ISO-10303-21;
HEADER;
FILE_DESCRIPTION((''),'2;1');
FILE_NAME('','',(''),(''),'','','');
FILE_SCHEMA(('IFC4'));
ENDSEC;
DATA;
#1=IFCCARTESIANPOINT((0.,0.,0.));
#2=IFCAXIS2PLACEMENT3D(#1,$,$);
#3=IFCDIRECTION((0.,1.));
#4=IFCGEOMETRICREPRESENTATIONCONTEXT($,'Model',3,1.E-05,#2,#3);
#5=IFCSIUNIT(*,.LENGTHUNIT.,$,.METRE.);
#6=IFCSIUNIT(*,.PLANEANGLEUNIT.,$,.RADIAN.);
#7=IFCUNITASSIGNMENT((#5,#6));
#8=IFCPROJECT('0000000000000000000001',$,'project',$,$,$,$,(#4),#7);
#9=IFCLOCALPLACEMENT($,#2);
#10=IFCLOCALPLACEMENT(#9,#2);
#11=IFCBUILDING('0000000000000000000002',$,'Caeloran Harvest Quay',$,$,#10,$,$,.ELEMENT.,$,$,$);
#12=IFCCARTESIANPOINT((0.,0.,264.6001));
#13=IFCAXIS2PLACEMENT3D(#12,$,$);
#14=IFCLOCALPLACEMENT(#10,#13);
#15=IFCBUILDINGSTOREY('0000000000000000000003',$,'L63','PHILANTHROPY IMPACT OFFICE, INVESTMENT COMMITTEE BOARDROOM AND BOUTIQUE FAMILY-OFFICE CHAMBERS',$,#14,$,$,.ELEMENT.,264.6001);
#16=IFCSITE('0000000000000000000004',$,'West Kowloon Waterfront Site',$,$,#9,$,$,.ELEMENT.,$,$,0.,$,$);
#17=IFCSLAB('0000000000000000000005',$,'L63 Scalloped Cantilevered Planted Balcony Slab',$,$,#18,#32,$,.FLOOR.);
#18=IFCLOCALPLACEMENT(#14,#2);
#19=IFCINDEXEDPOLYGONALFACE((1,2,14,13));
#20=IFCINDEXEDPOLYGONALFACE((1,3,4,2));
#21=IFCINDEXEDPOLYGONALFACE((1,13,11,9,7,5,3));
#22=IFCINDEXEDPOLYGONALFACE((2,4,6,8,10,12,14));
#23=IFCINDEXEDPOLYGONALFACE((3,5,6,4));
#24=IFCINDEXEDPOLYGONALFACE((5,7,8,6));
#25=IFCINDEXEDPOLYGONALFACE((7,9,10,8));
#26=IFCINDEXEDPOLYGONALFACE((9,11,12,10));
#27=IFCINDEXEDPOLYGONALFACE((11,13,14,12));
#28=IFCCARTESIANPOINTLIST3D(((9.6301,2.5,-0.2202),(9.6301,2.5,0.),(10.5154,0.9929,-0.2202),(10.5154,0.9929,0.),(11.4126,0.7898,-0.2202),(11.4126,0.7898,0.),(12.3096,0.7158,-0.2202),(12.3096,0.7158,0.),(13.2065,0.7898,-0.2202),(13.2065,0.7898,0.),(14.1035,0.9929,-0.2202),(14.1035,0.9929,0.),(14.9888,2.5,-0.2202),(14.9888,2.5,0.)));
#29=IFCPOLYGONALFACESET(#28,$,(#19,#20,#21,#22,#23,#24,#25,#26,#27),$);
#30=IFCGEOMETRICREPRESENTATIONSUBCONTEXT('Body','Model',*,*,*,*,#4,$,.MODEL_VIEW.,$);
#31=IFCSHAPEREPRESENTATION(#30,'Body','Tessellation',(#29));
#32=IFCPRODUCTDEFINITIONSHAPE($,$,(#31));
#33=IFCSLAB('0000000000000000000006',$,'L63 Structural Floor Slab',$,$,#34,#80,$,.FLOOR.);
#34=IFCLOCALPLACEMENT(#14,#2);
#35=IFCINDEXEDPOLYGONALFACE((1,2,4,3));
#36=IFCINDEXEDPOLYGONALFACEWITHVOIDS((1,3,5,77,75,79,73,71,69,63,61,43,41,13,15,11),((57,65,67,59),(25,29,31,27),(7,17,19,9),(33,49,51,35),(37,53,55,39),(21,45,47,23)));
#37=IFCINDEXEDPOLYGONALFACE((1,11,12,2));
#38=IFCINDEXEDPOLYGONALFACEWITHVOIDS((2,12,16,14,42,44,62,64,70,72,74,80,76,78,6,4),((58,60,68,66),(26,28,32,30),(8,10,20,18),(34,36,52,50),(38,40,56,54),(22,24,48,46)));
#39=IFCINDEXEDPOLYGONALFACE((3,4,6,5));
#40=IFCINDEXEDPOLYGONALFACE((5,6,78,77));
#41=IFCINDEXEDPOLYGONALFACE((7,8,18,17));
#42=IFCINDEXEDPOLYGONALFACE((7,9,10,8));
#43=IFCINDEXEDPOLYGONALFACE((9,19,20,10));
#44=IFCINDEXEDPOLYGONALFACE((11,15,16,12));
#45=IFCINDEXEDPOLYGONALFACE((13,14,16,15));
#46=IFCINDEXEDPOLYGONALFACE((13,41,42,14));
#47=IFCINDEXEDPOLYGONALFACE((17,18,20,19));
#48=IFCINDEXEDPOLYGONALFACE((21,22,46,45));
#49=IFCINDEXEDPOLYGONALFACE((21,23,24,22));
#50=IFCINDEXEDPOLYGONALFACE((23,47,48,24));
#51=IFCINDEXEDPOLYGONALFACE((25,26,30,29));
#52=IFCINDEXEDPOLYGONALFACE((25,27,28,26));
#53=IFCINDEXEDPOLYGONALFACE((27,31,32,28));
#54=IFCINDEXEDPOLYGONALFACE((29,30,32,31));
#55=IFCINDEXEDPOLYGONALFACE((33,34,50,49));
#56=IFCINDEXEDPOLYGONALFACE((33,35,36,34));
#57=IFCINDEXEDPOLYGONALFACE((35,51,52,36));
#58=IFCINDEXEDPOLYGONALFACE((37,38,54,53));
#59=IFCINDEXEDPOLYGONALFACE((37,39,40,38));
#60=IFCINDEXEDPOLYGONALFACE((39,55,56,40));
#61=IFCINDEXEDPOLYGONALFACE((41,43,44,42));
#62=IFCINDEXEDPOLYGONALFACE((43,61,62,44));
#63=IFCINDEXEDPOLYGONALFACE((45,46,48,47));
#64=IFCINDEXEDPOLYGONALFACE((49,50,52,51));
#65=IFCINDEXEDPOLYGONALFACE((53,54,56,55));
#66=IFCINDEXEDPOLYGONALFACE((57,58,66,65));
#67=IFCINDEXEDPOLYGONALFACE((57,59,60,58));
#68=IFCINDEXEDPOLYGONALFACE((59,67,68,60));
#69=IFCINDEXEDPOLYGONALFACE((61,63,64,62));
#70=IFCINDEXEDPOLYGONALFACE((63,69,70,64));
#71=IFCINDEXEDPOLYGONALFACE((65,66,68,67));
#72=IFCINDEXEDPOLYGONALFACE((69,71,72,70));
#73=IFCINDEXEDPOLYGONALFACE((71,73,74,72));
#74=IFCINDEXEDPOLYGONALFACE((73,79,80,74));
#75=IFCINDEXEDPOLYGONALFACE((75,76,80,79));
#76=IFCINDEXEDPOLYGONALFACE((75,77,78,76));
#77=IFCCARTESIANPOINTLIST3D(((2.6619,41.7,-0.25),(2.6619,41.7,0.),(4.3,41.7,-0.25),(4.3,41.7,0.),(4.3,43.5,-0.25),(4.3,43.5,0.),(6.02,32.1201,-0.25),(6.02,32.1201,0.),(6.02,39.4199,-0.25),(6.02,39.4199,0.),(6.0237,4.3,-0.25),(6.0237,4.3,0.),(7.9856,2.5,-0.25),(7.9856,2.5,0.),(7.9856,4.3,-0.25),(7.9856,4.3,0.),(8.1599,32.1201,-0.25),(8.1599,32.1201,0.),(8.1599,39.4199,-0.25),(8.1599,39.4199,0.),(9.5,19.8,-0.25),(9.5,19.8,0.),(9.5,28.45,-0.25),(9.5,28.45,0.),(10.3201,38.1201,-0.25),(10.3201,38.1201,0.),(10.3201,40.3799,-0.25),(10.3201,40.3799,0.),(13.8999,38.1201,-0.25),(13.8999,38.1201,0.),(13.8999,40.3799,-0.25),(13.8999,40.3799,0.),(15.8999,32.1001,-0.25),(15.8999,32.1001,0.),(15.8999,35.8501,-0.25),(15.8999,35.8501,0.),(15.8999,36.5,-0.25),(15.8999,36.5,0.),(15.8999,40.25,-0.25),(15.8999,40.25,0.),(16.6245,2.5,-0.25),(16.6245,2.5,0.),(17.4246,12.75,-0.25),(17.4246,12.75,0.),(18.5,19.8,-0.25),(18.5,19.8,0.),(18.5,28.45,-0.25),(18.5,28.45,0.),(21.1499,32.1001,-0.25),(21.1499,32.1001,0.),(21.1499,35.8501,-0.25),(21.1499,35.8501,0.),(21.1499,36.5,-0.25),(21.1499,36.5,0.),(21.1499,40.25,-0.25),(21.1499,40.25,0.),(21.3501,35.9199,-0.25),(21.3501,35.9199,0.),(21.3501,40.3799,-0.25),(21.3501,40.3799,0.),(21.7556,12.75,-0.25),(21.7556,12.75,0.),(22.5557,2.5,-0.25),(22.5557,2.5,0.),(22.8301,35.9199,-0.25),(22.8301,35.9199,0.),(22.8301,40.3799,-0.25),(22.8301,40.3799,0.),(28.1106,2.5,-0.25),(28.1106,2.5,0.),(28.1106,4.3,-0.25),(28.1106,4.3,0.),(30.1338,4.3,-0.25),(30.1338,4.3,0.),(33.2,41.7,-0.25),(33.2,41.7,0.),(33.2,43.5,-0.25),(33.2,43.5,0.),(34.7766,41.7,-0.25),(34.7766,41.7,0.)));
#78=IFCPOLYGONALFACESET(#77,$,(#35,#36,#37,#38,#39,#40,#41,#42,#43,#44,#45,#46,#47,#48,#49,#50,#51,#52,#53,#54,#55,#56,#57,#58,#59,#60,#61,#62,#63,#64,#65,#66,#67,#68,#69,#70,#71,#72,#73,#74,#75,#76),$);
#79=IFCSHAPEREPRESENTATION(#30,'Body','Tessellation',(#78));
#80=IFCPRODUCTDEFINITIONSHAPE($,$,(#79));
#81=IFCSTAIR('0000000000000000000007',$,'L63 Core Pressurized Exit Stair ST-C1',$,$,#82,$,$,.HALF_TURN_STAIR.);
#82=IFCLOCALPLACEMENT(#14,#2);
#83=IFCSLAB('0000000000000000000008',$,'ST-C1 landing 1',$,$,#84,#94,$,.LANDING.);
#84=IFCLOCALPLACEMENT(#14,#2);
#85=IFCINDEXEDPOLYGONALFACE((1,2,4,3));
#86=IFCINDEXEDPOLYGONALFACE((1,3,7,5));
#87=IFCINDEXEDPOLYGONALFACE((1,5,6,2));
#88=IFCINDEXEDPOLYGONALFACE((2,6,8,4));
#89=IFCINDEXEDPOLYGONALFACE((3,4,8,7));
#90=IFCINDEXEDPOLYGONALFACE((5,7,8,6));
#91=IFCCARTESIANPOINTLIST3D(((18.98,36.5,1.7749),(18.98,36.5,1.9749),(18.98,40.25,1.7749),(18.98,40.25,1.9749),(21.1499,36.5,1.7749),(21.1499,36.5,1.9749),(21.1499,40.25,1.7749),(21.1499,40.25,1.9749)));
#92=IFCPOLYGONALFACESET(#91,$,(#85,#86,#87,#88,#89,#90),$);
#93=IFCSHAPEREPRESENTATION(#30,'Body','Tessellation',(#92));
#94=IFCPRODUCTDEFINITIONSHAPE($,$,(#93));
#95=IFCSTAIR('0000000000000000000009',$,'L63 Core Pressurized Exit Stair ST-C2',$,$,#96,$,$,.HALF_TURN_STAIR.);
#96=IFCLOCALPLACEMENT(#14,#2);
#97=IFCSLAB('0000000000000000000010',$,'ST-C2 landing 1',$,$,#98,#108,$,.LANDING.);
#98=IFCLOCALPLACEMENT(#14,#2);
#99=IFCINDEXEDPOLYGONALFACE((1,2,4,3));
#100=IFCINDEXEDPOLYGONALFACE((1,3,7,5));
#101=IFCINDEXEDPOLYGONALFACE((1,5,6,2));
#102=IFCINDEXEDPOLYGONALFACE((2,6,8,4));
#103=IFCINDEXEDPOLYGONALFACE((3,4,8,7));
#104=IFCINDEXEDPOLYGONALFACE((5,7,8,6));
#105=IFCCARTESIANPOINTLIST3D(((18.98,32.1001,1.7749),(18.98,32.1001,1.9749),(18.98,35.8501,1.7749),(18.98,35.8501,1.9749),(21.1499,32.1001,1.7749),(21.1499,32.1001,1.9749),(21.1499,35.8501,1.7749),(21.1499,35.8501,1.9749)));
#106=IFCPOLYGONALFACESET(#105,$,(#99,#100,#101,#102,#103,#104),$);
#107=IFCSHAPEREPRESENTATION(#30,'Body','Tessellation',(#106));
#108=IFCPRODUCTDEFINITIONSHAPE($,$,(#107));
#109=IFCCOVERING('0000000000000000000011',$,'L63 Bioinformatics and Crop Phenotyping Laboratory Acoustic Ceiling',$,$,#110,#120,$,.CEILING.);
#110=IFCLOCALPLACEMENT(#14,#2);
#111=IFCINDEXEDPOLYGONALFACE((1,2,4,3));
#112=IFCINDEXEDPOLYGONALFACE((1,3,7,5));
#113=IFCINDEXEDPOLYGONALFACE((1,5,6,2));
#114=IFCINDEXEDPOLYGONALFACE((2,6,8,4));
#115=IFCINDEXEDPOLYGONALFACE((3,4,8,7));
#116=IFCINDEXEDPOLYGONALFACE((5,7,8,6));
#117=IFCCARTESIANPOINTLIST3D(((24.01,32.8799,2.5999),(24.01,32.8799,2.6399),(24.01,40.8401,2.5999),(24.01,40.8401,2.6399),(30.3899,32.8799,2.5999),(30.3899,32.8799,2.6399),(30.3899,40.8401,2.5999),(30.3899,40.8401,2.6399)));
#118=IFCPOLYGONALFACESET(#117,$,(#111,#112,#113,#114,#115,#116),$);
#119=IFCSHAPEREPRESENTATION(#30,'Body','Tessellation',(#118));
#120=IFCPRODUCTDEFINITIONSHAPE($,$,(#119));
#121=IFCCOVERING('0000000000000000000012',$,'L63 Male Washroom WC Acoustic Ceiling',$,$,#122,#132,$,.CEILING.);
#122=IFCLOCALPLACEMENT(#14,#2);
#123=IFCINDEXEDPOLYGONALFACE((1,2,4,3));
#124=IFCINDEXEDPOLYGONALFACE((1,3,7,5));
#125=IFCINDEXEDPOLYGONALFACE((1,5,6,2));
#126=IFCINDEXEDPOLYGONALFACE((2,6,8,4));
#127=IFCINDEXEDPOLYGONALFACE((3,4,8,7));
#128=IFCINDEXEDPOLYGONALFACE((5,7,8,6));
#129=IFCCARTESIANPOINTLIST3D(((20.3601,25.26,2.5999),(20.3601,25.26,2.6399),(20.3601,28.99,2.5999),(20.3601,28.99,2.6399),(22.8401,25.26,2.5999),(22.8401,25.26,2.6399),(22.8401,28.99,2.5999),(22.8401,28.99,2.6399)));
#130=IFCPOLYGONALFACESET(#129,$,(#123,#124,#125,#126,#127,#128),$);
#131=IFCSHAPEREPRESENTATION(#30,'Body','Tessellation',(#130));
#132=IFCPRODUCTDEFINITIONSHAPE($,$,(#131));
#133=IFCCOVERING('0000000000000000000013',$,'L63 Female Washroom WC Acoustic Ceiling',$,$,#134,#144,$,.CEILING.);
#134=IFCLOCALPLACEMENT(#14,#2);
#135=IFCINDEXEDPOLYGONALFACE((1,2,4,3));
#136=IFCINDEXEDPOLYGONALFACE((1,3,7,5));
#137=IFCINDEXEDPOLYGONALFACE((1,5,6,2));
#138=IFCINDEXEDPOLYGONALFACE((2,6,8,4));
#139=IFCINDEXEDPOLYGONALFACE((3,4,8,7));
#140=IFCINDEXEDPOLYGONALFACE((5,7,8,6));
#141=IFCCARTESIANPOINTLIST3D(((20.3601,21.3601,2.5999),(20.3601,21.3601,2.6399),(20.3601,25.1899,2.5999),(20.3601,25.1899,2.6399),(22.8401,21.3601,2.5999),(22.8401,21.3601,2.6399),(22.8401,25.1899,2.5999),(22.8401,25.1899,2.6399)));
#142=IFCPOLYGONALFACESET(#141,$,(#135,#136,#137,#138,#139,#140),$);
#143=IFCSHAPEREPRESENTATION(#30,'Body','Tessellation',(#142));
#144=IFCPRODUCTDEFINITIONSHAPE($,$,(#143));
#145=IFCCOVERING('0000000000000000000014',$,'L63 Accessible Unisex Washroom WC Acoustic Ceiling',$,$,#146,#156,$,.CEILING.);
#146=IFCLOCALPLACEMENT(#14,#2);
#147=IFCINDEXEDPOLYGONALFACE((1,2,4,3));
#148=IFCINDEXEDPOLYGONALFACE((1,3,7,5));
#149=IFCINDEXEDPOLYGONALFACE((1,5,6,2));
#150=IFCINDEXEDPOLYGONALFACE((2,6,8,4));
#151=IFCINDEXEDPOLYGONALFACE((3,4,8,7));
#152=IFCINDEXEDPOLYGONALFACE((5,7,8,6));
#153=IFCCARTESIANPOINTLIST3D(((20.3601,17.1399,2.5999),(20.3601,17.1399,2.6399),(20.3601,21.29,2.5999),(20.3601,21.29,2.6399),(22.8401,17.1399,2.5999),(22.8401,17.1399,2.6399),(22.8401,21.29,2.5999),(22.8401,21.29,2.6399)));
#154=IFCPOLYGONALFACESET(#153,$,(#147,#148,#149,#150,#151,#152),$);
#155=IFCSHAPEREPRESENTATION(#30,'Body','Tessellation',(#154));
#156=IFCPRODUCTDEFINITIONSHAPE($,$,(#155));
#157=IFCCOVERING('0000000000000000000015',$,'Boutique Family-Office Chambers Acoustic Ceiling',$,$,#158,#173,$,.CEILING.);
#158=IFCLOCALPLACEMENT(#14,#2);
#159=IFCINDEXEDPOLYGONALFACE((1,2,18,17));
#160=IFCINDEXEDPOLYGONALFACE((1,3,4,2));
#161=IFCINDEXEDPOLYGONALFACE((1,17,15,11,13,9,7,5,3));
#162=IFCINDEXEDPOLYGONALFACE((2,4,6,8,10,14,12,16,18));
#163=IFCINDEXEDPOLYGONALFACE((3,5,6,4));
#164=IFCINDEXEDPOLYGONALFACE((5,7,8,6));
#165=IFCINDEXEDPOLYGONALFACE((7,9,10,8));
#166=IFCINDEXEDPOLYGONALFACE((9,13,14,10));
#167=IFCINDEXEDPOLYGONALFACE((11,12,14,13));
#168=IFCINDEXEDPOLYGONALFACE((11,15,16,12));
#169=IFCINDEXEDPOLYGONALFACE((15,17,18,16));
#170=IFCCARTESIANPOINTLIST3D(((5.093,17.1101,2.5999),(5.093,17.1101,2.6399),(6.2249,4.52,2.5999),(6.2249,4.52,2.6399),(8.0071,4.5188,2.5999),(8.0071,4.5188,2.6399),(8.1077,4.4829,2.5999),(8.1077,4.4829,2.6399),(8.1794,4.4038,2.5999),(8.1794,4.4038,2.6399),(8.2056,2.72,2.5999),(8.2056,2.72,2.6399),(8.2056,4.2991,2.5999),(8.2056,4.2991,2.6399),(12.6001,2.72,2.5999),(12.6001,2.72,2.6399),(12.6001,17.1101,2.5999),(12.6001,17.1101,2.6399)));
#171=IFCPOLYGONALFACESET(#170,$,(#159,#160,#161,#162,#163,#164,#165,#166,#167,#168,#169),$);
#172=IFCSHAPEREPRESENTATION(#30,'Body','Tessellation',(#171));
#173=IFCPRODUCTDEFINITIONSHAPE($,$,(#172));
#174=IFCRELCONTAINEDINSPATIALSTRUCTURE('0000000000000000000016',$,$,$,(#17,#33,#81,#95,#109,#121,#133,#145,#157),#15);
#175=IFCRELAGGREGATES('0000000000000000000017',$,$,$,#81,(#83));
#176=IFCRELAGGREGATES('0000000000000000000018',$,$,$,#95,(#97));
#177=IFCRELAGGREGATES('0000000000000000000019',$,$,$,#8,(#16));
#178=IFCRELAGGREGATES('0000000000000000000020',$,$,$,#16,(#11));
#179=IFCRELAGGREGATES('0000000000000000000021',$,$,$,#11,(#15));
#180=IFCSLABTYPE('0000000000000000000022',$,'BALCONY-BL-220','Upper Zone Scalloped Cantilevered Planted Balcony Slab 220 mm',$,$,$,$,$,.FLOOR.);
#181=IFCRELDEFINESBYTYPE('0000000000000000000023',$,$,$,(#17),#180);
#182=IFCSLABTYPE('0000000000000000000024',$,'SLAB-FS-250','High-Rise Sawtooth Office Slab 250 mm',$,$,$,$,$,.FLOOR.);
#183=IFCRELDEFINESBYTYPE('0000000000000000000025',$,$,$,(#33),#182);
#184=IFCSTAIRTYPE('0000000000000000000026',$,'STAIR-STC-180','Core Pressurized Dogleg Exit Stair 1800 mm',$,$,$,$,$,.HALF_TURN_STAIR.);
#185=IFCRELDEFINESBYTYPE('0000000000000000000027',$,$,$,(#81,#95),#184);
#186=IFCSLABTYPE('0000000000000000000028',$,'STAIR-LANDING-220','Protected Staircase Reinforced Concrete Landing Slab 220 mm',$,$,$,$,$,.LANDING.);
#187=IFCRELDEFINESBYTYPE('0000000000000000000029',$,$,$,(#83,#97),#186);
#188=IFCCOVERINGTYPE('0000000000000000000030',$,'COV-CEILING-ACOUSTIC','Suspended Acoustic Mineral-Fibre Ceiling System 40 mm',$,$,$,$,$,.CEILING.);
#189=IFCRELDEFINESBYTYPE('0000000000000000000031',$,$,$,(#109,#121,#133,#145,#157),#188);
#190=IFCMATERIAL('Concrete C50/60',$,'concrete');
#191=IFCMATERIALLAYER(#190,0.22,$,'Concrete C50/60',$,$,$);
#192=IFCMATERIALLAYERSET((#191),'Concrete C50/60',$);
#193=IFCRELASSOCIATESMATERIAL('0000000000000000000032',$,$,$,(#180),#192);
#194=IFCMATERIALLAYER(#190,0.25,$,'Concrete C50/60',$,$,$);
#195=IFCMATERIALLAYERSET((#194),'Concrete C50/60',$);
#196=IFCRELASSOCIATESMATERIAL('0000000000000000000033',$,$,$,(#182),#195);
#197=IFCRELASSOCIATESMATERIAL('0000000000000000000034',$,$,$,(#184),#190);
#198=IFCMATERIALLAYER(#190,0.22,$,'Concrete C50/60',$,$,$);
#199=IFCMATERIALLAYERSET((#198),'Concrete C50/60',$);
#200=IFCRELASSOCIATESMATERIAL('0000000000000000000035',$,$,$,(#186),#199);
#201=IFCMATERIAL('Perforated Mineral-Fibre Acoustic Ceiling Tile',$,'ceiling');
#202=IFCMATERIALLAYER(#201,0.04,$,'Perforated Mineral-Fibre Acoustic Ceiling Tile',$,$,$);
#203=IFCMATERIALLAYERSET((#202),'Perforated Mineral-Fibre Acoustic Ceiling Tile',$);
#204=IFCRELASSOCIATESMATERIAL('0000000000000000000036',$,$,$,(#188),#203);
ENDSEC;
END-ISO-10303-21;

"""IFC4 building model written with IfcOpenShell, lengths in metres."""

from ifc_helpers import new_model, si_unit, direction, frame, origin, place, context, subcontext, project, spatial, polyline, outline, extrude, material, layer, layer_set, type_object, element, aggregate, save


model = new_model("IFC4")

# Units and contexts
model_context = context("Model", 3, precision=1e-05, world=origin(), true_north=direction((0.0, 1.0)))
body_context = subcontext(model_context, "Body", "Model", "MODEL_VIEW")
ifc_project = project(units=[si_unit("LENGTHUNIT", "METRE"), si_unit("PLANEANGLEUNIT", "RADIAN")], contexts=[model_context])

# Site, building, storey
site_placement = place(None, origin())
site = spatial("IfcSite", under=ifc_project, at=site_placement, Name="West Kowloon Waterfront Site", CompositionType="ELEMENT", RefElevation=0.0)
building_placement = place(site_placement, origin())
building = spatial("IfcBuilding", under=site, at=building_placement, Name="Caeloran Harvest Quay", CompositionType="ELEMENT")
storey_placement = place(building_placement, frame((0.0, 0.0, 264.6001)))
storey = spatial("IfcBuildingStorey", under=building, at=storey_placement, Name="L63", Description="PHILANTHROPY IMPACT OFFICE, INVESTMENT COMMITTEE BOARDROOM AND BOUTIQUE FAMILY-OFFICE CHAMBERS", CompositionType="ELEMENT", Elevation=264.6001)

# Slabs
ifc_material_1 = material(Name="Concrete C50/60", Category="concrete")
ifc_layer_1 = layer(ifc_material_1, 0.22, Name="Concrete C50/60")
ifc_layer_set_1 = layer_set([ifc_layer_1], Name="Concrete C50/60")
slab_type_1 = type_object("IfcSlabType", Name="BALCONY-BL-220", Description="Upper Zone Scalloped Cantilevered Planted Balcony Slab 220 mm", PredefinedType="FLOOR", material=ifc_layer_set_1)
slab_1_placement = place(storey_placement, frame((0.0, 0.0, -0.2202)))
element("IfcSlab", 1, at=slab_1_placement, inside=storey, type_object=slab_type_1, Name="L63 Scalloped Cantilevered Planted Balcony Slab", PredefinedType="FLOOR", context=body_context, shape_type="SweptSolid", body=[
    extrude(outline(polyline([(14.1035, 0.9929), (13.2065, 0.7898), (12.3096, 0.7158), (11.4126, 0.7898), (10.5154, 0.9929), (9.6301, 2.5), (14.9888, 2.5), (14.1035, 0.9929)])), origin(), (0.0, 0.0, 1.0), 0.2202),
])
ifc_layer_2 = layer(ifc_material_1, 0.25, Name="Concrete C50/60")
ifc_layer_set_2 = layer_set([ifc_layer_2], Name="Concrete C50/60")
slab_type_2 = type_object("IfcSlabType", Name="SLAB-FS-250", Description="High-Rise Sawtooth Office Slab 250 mm", PredefinedType="FLOOR", material=ifc_layer_set_2)
slab_2_placement = place(storey_placement, frame((0.0, 0.0, -0.25)))
element("IfcSlab", 2, at=slab_2_placement, inside=storey, type_object=slab_type_2, Name="L63 Structural Floor Slab", PredefinedType="FLOOR", context=body_context, shape_type="SweptSolid", body=[
    extrude(outline(polyline([(7.9856, 2.5), (16.6245, 2.5), (17.4246, 12.75), (21.7556, 12.75), (22.5557, 2.5), (28.1106, 2.5), (28.1106, 4.3), (30.1338, 4.3), (34.7766, 41.7), (33.2, 41.7), (33.2, 43.5), (4.3, 43.5), (4.3, 41.7), (2.6619, 41.7), (6.0237, 4.3), (7.9856, 4.3), (7.9856, 2.5)]), holes=[polyline([(18.5, 28.45), (18.5, 19.8), (9.5, 19.8), (9.5, 28.45), (18.5, 28.45)]), polyline([(15.8999, 32.1001), (15.8999, 35.8501), (21.1499, 35.8501), (21.1499, 32.1001), (15.8999, 32.1001)]), polyline([(8.1599, 32.1201), (6.02, 32.1201), (6.02, 39.4199), (8.1599, 39.4199), (8.1599, 32.1201)]), polyline([(22.8301, 40.3799), (22.8301, 35.9199), (21.3501, 35.9199), (21.3501, 40.3799), (22.8301, 40.3799)]), polyline([(15.8999, 36.5), (15.8999, 40.25), (21.1499, 40.25), (21.1499, 36.5), (15.8999, 36.5)]), polyline([(13.8999, 38.1201), (10.3201, 38.1201), (10.3201, 40.3799), (13.8999, 40.3799), (13.8999, 38.1201)])]), origin(), (0.0, 0.0, 1.0), 0.25),
])

# Stairs, slabs
stair_type = type_object("IfcStairType", Name="STAIR-STC-180", Description="Core Pressurized Dogleg Exit Stair 1800 mm", PredefinedType="HALF_TURN_STAIR", material=ifc_material_1)
stair_1_placement = place(storey_placement, origin())
stair_1 = element("IfcStair", 3, at=stair_1_placement, inside=storey, type_object=stair_type, Name="L63 Core Pressurized Exit Stair ST-C1", PredefinedType="HALF_TURN_STAIR")
ifc_layer_3 = layer(ifc_material_1, 0.22, Name="Concrete C50/60")
ifc_layer_set_3 = layer_set([ifc_layer_3], Name="Concrete C50/60")
slab_type_3 = type_object("IfcSlabType", Name="STAIR-LANDING-220", Description="Protected Staircase Reinforced Concrete Landing Slab 220 mm", PredefinedType="LANDING", material=ifc_layer_set_3)
slab_3_placement = place(storey_placement, frame((0.0, 0.0, 1.7749)))
slab_3 = element("IfcSlab", 4, at=slab_3_placement, type_object=slab_type_3, Name="ST-C1 landing 1", PredefinedType="LANDING", context=body_context, shape_type="SweptSolid", body=[
    extrude(outline(polyline([(18.98, 36.5), (21.1499, 36.5), (21.1499, 40.25), (18.98, 40.25), (18.98, 36.5)])), origin(), (0.0, 0.0, 1.0), 0.2),
])
aggregate(stair_1, [slab_3])
stair_2_placement = place(storey_placement, origin())
stair_2 = element("IfcStair", 5, at=stair_2_placement, inside=storey, type_object=stair_type, Name="L63 Core Pressurized Exit Stair ST-C2", PredefinedType="HALF_TURN_STAIR")
slab_4_placement = place(storey_placement, frame((0.0, 0.0, 1.7749)))
slab_4 = element("IfcSlab", 6, at=slab_4_placement, type_object=slab_type_3, Name="ST-C2 landing 1", PredefinedType="LANDING", context=body_context, shape_type="SweptSolid", body=[
    extrude(outline(polyline([(18.98, 32.1001), (21.1499, 32.1001), (21.1499, 35.8501), (18.98, 35.8501), (18.98, 32.1001)])), origin(), (0.0, 0.0, 1.0), 0.2),
])
aggregate(stair_2, [slab_4])

# Coverings
ifc_material_2 = material(Name="Perforated Mineral-Fibre Acoustic Ceiling Tile", Category="ceiling")
ifc_layer_4 = layer(ifc_material_2, 0.04, Name="Perforated Mineral-Fibre Acoustic Ceiling Tile")
ifc_layer_set_4 = layer_set([ifc_layer_4], Name="Perforated Mineral-Fibre Acoustic Ceiling Tile")
covering_type_1 = type_object("IfcCoveringType", Name="COV-CEILING-ACOUSTIC", Description="Suspended Acoustic Mineral-Fibre Ceiling System 40 mm", PredefinedType="CEILING", material=ifc_layer_set_4)
covering_1_placement = place(storey_placement, frame((0.0, 0.0, 2.5999)))
element("IfcCovering", 7, at=covering_1_placement, inside=storey, type_object=covering_type_1, Name="L63 Bioinformatics and Crop Phenotyping Laboratory Acoustic Ceiling", PredefinedType="CEILING", context=body_context, shape_type="SweptSolid", body=[
    extrude(outline(polyline([(30.3899, 40.8401), (30.3899, 32.8799), (24.01, 32.8799), (24.01, 40.8401), (30.3899, 40.8401)])), origin(), (0.0, 0.0, 1.0), 0.04),
])
covering_2_placement = place(storey_placement, frame((0.0, 0.0, 2.5999)))
element("IfcCovering", 8, at=covering_2_placement, inside=storey, type_object=covering_type_1, Name="L63 Male Washroom WC Acoustic Ceiling", PredefinedType="CEILING", context=body_context, shape_type="SweptSolid", body=[
    extrude(outline(polyline([(22.8401, 28.99), (22.8401, 25.26), (20.3601, 25.26), (20.3601, 28.99), (22.8401, 28.99)])), origin(), (0.0, 0.0, 1.0), 0.04),
])
covering_3_placement = place(storey_placement, frame((0.0, 0.0, 2.5999)))
element("IfcCovering", 9, at=covering_3_placement, inside=storey, type_object=covering_type_1, Name="L63 Female Washroom WC Acoustic Ceiling", PredefinedType="CEILING", context=body_context, shape_type="SweptSolid", body=[
    extrude(outline(polyline([(22.8401, 25.1899), (22.8401, 21.3601), (20.3601, 21.3601), (20.3601, 25.1899), (22.8401, 25.1899)])), origin(), (0.0, 0.0, 1.0), 0.04),
])
covering_4_placement = place(storey_placement, frame((0.0, 0.0, 2.5999)))
element("IfcCovering", 10, at=covering_4_placement, inside=storey, type_object=covering_type_1, Name="L63 Accessible Unisex Washroom WC Acoustic Ceiling", PredefinedType="CEILING", context=body_context, shape_type="SweptSolid", body=[
    extrude(outline(polyline([(22.8401, 21.29), (22.8401, 17.1399), (20.3601, 17.1399), (20.3601, 21.29), (22.8401, 21.29)])), origin(), (0.0, 0.0, 1.0), 0.04),
])
covering_5_placement = place(storey_placement, frame((0.0, 0.0, 2.5999)))
element("IfcCovering", 11, at=covering_5_placement, inside=storey, type_object=covering_type_1, Name="Boutique Family-Office Chambers Acoustic Ceiling", PredefinedType="CEILING", context=body_context, shape_type="SweptSolid", body=[
    extrude(outline(polyline([(8.1794, 4.4038), (8.1077, 4.4829), (8.0071, 4.5188), (6.2249, 4.52), (5.093, 17.1101), (12.6001, 17.1101), (12.6001, 2.72), (8.2056, 2.72), (8.2056, 4.2991), (8.1794, 4.4038)])), origin(), (0.0, 0.0, 1.0), 0.04),
])

save(model, "model.ifc")
